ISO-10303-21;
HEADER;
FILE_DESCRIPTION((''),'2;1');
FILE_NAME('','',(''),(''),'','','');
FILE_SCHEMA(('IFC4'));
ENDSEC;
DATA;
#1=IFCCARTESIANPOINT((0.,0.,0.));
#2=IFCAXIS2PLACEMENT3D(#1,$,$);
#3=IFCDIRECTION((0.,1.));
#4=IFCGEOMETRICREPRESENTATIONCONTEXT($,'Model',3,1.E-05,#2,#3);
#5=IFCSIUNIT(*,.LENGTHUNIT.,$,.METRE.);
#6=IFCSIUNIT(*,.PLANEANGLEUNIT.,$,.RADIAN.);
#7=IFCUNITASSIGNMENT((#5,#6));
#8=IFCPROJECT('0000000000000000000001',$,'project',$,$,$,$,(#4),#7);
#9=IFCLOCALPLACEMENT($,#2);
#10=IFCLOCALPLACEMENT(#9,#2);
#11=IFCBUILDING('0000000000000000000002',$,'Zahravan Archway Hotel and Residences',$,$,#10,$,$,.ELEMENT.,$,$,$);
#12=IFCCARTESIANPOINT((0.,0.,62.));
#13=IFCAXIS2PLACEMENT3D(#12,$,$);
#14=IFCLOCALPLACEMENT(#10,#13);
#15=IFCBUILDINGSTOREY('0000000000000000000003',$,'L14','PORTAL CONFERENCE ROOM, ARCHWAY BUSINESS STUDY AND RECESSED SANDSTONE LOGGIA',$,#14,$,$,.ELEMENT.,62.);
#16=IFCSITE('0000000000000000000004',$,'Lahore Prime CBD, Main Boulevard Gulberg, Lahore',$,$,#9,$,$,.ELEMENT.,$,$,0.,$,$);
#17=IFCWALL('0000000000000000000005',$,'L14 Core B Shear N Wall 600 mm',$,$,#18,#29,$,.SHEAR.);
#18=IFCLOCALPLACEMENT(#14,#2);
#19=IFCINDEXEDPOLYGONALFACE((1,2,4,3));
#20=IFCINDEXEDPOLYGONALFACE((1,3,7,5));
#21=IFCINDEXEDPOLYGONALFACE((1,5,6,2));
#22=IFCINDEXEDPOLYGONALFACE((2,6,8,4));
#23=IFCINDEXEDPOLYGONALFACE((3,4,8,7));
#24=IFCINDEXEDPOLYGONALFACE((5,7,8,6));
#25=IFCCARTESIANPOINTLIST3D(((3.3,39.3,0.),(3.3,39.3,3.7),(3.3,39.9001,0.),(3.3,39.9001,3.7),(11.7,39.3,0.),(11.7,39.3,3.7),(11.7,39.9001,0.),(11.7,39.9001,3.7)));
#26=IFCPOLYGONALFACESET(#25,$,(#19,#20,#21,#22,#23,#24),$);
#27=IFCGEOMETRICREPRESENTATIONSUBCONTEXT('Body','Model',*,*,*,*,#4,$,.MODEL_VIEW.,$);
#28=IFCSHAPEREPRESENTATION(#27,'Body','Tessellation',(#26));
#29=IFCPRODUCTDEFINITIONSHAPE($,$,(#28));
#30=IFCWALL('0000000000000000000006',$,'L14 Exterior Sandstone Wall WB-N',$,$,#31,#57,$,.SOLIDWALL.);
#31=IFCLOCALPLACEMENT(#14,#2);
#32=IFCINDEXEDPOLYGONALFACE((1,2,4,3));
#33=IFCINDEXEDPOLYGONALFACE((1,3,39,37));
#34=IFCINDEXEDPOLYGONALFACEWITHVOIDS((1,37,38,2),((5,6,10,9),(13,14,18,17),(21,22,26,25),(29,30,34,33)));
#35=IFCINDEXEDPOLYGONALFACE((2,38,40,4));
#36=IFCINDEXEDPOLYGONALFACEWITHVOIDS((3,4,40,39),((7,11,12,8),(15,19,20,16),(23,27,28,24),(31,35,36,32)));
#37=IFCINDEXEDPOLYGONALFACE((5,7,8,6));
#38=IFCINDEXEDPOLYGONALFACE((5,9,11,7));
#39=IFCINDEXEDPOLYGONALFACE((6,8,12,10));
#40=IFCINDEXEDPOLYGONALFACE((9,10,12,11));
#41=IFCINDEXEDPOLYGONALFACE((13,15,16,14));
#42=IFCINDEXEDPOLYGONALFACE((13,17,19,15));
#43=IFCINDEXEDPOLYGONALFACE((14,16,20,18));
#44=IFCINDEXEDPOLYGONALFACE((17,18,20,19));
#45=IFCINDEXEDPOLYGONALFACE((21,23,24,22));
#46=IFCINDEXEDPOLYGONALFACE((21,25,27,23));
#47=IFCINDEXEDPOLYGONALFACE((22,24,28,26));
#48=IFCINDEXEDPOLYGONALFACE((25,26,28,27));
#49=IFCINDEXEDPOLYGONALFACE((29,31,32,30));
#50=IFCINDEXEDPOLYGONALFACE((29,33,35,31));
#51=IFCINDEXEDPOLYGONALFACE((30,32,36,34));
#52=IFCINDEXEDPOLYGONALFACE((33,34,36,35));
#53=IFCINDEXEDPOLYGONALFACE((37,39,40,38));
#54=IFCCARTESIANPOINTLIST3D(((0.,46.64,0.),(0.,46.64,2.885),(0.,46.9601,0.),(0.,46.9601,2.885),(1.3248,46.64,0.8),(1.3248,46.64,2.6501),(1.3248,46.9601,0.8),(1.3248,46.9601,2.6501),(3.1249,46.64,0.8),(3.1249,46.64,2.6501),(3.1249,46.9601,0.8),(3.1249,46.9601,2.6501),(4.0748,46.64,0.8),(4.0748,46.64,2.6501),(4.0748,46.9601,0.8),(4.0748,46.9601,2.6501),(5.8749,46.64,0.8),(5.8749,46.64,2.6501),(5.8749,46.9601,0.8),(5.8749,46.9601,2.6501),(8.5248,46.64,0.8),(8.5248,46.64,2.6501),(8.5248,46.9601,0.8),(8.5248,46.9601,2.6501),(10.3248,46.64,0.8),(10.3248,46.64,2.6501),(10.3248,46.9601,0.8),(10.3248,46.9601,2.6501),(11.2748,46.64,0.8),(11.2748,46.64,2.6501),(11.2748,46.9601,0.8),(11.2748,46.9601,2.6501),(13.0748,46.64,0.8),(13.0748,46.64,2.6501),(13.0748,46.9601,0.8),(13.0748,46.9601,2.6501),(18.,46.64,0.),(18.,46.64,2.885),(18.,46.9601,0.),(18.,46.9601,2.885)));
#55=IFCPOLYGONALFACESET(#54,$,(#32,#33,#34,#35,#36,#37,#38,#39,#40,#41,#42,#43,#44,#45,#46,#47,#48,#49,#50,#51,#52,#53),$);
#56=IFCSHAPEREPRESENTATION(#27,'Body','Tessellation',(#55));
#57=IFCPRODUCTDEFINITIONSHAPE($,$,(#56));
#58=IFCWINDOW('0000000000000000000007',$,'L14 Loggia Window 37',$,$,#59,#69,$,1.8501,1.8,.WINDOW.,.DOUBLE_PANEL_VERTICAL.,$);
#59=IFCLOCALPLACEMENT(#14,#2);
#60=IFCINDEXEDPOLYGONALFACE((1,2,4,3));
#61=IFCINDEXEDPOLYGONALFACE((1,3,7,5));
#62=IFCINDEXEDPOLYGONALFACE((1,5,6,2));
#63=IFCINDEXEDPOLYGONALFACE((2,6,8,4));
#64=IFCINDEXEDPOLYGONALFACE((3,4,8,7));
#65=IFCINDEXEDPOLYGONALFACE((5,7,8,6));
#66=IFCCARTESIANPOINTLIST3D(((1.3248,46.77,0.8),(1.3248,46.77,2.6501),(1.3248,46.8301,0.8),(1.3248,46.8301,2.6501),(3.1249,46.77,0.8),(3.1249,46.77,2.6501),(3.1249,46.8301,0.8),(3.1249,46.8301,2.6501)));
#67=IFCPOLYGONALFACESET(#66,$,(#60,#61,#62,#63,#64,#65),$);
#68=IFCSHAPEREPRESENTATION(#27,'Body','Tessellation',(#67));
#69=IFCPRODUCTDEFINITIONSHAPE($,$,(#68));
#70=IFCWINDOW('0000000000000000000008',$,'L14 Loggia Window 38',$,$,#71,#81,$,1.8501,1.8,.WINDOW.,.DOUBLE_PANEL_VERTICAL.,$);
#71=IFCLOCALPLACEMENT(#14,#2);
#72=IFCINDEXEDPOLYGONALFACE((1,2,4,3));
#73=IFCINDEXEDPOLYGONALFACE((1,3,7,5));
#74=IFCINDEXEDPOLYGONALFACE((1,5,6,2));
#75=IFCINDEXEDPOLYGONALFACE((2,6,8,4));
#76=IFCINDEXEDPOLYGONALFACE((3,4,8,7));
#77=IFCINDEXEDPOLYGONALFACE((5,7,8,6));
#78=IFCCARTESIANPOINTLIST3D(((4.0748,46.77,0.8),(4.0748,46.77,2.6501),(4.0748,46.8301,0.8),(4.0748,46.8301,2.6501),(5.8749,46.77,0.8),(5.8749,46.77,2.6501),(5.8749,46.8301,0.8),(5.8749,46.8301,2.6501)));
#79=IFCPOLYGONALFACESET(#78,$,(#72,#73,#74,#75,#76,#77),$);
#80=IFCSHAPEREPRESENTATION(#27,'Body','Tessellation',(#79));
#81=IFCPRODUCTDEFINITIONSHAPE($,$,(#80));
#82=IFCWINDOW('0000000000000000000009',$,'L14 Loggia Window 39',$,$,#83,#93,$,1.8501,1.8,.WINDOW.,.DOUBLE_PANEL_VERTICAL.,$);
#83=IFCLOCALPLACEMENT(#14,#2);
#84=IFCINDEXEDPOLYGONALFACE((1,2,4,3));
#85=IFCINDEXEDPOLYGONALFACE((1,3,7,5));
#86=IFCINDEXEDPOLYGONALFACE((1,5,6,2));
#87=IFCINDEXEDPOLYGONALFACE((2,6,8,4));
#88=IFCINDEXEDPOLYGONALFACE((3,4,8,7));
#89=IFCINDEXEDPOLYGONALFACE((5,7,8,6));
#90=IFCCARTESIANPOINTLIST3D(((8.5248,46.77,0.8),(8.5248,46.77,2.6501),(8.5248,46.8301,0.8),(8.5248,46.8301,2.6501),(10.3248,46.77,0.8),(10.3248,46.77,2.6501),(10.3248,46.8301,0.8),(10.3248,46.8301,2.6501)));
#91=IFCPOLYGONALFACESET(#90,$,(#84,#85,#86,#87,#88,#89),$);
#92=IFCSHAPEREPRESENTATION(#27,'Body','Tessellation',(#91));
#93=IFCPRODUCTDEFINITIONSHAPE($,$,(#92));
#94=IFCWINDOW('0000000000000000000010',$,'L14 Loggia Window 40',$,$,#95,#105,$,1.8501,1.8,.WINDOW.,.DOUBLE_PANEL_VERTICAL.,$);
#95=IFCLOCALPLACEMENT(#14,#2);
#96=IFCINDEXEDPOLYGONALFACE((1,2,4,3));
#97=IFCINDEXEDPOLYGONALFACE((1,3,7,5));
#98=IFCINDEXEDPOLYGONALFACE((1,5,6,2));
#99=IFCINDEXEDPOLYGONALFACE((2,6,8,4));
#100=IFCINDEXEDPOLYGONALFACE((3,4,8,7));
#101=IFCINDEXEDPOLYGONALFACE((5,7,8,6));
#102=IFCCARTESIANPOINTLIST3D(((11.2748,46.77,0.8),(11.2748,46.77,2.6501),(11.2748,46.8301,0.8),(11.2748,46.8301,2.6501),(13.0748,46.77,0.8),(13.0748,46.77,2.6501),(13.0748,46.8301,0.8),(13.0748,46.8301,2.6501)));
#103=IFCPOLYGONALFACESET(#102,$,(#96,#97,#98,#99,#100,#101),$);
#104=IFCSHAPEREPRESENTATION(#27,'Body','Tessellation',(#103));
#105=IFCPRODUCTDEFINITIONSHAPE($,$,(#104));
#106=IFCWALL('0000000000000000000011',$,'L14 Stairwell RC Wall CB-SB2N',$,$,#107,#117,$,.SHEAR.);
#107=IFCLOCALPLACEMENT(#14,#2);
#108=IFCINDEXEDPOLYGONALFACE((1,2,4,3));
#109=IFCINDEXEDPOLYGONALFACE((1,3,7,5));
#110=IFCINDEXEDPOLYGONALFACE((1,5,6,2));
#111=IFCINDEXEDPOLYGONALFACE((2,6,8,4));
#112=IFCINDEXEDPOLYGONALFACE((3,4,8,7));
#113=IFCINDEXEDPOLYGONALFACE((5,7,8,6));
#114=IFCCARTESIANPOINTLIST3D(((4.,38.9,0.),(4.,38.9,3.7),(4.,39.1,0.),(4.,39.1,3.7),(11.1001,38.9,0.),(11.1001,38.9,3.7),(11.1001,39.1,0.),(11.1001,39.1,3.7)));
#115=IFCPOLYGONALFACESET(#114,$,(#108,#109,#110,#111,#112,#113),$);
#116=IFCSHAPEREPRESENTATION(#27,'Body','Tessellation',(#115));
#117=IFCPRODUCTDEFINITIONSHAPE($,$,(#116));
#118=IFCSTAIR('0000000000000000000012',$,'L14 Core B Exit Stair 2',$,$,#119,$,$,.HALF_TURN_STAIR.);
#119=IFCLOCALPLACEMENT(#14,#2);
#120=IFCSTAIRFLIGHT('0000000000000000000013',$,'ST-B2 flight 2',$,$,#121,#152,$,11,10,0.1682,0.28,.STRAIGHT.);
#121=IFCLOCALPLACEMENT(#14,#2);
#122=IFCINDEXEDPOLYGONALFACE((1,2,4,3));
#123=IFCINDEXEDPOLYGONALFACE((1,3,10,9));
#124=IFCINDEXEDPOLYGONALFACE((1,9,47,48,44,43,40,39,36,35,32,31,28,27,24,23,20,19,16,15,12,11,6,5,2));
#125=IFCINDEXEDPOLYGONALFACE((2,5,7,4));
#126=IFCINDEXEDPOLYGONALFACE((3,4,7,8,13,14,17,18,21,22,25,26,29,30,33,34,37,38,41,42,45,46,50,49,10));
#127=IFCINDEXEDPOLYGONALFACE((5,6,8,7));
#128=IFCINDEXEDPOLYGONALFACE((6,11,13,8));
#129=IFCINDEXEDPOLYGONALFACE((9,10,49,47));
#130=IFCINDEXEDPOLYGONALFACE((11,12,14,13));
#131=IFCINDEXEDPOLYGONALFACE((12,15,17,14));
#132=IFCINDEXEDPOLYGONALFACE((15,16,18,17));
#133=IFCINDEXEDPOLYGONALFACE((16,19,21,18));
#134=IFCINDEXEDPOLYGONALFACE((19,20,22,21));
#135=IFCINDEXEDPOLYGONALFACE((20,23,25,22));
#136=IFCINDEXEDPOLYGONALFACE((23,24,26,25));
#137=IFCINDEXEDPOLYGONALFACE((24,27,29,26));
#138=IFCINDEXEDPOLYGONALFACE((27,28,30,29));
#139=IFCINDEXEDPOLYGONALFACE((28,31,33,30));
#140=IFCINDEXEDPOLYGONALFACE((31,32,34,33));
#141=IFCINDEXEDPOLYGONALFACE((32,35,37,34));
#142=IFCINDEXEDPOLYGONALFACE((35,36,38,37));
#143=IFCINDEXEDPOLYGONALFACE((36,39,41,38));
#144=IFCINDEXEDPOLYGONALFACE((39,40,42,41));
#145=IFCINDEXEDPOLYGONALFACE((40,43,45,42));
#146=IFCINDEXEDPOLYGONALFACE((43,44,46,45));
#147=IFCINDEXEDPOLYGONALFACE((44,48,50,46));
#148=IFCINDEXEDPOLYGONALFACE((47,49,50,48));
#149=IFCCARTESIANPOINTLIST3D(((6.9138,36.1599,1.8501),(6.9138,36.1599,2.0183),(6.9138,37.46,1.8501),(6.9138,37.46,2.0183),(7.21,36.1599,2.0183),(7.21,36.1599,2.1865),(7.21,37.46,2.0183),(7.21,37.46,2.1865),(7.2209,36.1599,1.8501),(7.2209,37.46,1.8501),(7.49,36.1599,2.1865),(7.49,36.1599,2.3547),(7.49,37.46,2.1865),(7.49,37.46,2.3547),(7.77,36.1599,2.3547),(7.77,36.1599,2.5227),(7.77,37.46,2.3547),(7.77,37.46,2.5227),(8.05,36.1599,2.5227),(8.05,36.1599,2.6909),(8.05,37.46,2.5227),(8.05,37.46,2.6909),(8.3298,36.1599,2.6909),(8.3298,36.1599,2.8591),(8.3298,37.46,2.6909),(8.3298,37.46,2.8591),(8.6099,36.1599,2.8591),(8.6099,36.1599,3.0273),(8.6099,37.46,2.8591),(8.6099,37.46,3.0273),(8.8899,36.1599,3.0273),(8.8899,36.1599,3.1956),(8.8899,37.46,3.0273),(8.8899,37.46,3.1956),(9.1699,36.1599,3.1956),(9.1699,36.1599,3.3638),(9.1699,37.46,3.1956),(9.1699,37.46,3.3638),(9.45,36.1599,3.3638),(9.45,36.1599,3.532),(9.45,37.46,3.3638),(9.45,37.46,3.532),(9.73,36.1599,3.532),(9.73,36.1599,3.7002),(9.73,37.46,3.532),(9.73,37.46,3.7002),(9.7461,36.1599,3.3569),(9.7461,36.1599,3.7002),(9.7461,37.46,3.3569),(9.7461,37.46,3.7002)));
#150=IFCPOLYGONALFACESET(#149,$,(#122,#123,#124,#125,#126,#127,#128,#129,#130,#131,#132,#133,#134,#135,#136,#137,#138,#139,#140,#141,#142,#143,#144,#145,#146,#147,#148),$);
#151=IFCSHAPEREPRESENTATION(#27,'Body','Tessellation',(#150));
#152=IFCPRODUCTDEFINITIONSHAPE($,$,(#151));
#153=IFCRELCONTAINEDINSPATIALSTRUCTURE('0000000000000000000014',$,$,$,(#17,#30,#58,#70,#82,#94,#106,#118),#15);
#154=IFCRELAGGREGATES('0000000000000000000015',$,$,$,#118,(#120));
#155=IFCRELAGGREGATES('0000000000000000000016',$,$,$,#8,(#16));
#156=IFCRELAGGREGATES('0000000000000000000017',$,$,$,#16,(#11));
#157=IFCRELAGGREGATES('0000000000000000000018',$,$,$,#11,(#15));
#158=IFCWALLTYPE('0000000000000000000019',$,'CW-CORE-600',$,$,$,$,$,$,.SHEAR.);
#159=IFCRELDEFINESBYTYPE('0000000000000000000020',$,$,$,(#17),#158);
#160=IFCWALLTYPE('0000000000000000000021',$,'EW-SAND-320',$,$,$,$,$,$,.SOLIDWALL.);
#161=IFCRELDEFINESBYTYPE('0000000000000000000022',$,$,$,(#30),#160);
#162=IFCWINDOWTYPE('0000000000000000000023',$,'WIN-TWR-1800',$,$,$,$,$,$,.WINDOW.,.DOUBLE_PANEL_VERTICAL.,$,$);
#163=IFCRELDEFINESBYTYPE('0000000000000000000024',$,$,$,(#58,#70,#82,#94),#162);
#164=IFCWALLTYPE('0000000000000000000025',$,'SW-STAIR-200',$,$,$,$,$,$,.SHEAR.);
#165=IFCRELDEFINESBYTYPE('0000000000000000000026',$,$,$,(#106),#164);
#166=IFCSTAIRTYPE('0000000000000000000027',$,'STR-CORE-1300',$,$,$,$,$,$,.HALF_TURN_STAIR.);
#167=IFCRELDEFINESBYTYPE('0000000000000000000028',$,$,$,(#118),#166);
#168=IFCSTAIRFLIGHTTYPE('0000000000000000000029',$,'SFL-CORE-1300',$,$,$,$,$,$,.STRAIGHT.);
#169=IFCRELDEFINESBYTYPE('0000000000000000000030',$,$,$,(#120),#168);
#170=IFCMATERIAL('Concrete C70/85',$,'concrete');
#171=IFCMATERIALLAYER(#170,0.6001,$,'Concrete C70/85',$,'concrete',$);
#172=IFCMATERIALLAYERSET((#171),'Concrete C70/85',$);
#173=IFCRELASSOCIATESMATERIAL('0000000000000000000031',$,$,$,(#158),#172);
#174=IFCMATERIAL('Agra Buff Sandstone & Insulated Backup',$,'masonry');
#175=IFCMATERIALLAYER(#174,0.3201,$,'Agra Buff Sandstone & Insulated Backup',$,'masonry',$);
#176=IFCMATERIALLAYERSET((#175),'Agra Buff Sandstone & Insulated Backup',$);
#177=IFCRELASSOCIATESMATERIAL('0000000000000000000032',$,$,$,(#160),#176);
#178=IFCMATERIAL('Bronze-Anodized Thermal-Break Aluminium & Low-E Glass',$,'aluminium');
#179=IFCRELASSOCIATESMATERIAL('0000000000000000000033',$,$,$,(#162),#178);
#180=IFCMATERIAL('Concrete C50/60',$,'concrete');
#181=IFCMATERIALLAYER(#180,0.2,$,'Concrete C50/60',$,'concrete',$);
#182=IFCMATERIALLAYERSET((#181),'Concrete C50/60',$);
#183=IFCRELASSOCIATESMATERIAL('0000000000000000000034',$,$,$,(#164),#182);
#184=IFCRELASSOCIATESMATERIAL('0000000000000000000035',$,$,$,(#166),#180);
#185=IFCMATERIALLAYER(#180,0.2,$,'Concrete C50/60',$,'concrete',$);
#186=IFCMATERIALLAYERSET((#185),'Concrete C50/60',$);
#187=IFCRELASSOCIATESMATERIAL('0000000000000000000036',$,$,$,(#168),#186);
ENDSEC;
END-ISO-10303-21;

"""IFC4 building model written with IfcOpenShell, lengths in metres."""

from ifc_helpers import new_model, si_unit, direction, frame, frame_2d, origin, place, context, subcontext, project, spatial, polyline, rectangle, outline, extrude, source, transform, mapped, material, layer, layer_set, type_object, type_shapes, element, fill, aggregate, save


model = new_model("IFC4")

# Units and contexts
model_context = context("Model", 3, precision=1e-05, world=origin(), true_north=direction((0.0, 1.0)))
body_context = subcontext(model_context, "Body", "Model", "MODEL_VIEW")
ifc_project = project(units=[si_unit("LENGTHUNIT", "METRE"), si_unit("PLANEANGLEUNIT", "RADIAN")], contexts=[model_context])

# Site, building, storey
site_placement = place(None, origin())
site = spatial("IfcSite", under=ifc_project, at=site_placement, Name="Lahore Prime CBD, Main Boulevard Gulberg, Lahore", CompositionType="ELEMENT", RefElevation=0.0)
building_placement = place(site_placement, origin())
building = spatial("IfcBuilding", under=site, at=building_placement, Name="Zahravan Archway Hotel and Residences", CompositionType="ELEMENT")
storey_placement = place(building_placement, frame((0.0, 0.0, 62.0)))
storey = spatial("IfcBuildingStorey", under=building, at=storey_placement, Name="L14", Description="PORTAL CONFERENCE ROOM, ARCHWAY BUSINESS STUDY AND RECESSED SANDSTONE LOGGIA", CompositionType="ELEMENT", Elevation=62.0)

# Shared definitions
ifc_material_1 = material(Name="Concrete C70/85", Category="concrete")

# Wall
ifc_layer_1 = layer(ifc_material_1, 0.6001, Name="Concrete C70/85", Category="concrete")
ifc_layer_set_1 = layer_set([ifc_layer_1], Name="Concrete C70/85")
wall_type_1 = type_object("IfcWallType", Name="CW-CORE-600", PredefinedType="SHEAR", material=ifc_layer_set_1)
wall_1_placement = place(storey_placement, frame((3.3, 39.6001, 0.0), z_axis=(0.0, 0.0, 1.0), x_axis=(1.0, 0.0, 0.0)))
element("IfcWall", 1, at=wall_1_placement, inside=storey, type_object=wall_type_1, Name="L14 Core B Shear N Wall 600 mm", PredefinedType="SHEAR", context=body_context, shape_type="SweptSolid", body=[
    extrude(rectangle(XDim=8.3999, YDim=0.6001, at=frame_2d((4.2, 0.0))), origin(), (0.0, 0.0, 1.0), 3.7),
])

# Wall, openings, windows
ifc_material_2 = material(Name="Agra Buff Sandstone & Insulated Backup", Category="masonry")
ifc_layer_2 = layer(ifc_material_2, 0.3201, Name="Agra Buff Sandstone & Insulated Backup", Category="masonry")
ifc_layer_set_2 = layer_set([ifc_layer_2], Name="Agra Buff Sandstone & Insulated Backup")
wall_type_2 = type_object("IfcWallType", Name="EW-SAND-320", PredefinedType="SOLIDWALL", material=ifc_layer_set_2)
wall_2_placement = place(storey_placement, frame((0.0, 46.8, 0.0), z_axis=(0.0, 0.0, 1.0), x_axis=(1.0, 0.0, 0.0)))
wall_2 = element("IfcWall", 2, at=wall_2_placement, inside=storey, type_object=wall_type_2, Name="L14 Exterior Sandstone Wall WB-N", PredefinedType="SOLIDWALL", context=body_context, shape_type="SweptSolid", body=[
    extrude(rectangle(XDim=18.0, YDim=0.3201, at=frame_2d((9.0, 0.0))), origin(), (0.0, 0.0, 1.0), 2.885),
])
opening_1_placement = place(wall_2_placement, frame((1.325, 0.0, 0.8)))
opening_1 = element("IfcOpeningElement", 3, at=opening_1_placement, cuts=wall_2, PredefinedType="OPENING", context=body_context, shape_type="SweptSolid", body=[
    extrude(rectangle(XDim=1.8, YDim=1.8501, at=frame_2d((0.8999, 0.925))), frame((0.0, 0.1699, 0.0), z_axis=(0.0, -1.0, 0.0), x_axis=(1.0, 0.0, 0.0)), (0.0, 0.0, 1.0), 0.3401),
])
opening_2_placement = place(wall_2_placement, frame((4.075, 0.0, 0.8)))
opening_2 = element("IfcOpeningElement", 4, at=opening_2_placement, cuts=wall_2, PredefinedType="OPENING", context=body_context, shape_type="SweptSolid", body=[
    extrude(rectangle(XDim=1.8, YDim=1.8501, at=frame_2d((0.8999, 0.925))), frame((0.0, 0.1699, 0.0), z_axis=(0.0, -1.0, 0.0), x_axis=(1.0, 0.0, 0.0)), (0.0, 0.0, 1.0), 0.3401),
])
opening_3_placement = place(wall_2_placement, frame((8.5249, 0.0, 0.8)))
opening_3 = element("IfcOpeningElement", 5, at=opening_3_placement, cuts=wall_2, PredefinedType="OPENING", context=body_context, shape_type="SweptSolid", body=[
    extrude(rectangle(XDim=1.8, YDim=1.8501, at=frame_2d((0.8999, 0.925))), frame((0.0, 0.1699, 0.0), z_axis=(0.0, -1.0, 0.0), x_axis=(1.0, 0.0, 0.0)), (0.0, 0.0, 1.0), 0.3401),
])
opening_4_placement = place(wall_2_placement, frame((11.2749, 0.0, 0.8)))
opening_4 = element("IfcOpeningElement", 6, at=opening_4_placement, cuts=wall_2, PredefinedType="OPENING", context=body_context, shape_type="SweptSolid", body=[
    extrude(rectangle(XDim=1.8, YDim=1.8501, at=frame_2d((0.8999, 0.925))), frame((0.0, 0.1699, 0.0), z_axis=(0.0, -1.0, 0.0), x_axis=(1.0, 0.0, 0.0)), (0.0, 0.0, 1.0), 0.3401),
])
ifc_material_3 = material(Name="Bronze-Anodized Thermal-Break Aluminium & Low-E Glass", Category="aluminium")
window_type = type_object("IfcWindowType", Name="WIN-TWR-1800", PartitioningType="DOUBLE_PANEL_VERTICAL", PredefinedType="WINDOW", material=ifc_material_3)
shared_shape_1 = source(origin(), body_context, "Body", "SweptSolid", [
    extrude(rectangle(XDim=1.8, YDim=1.8501, at=frame_2d((0.8999, 0.925))), frame((0.0, 0.03, 0.0), z_axis=(0.0, -1.0, 0.0), x_axis=(1.0, 0.0, 0.0)), (0.0, 0.0, 1.0), 0.0601),
])
type_shapes(window_type, [shared_shape_1])
window_1_placement = place(opening_1_placement, origin())
window_1 = element("IfcWindow", 7, at=window_1_placement, inside=storey, type_object=window_type, Name="L14 Loggia Window 37", OverallHeight=1.8501, OverallWidth=1.8, PartitioningType="DOUBLE_PANEL_VERTICAL", PredefinedType="WINDOW", context=body_context, shape_type="MappedRepresentation", body=[
    mapped(shared_shape_1, transform((0.0, 0.0, 0.0), scale=1.0)),
])
fill(opening_1, window_1)
window_2_placement = place(opening_2_placement, origin())
window_2 = element("IfcWindow", 8, at=window_2_placement, inside=storey, type_object=window_type, Name="L14 Loggia Window 38", OverallHeight=1.8501, OverallWidth=1.8, PartitioningType="DOUBLE_PANEL_VERTICAL", PredefinedType="WINDOW", context=body_context, shape_type="MappedRepresentation", body=[
    mapped(shared_shape_1, transform((0.0, 0.0, 0.0), scale=1.0)),
])
fill(opening_2, window_2)
window_3_placement = place(opening_3_placement, origin())
window_3 = element("IfcWindow", 9, at=window_3_placement, inside=storey, type_object=window_type, Name="L14 Loggia Window 39", OverallHeight=1.8501, OverallWidth=1.8, PartitioningType="DOUBLE_PANEL_VERTICAL", PredefinedType="WINDOW", context=body_context, shape_type="MappedRepresentation", body=[
    mapped(shared_shape_1, transform((0.0, 0.0, 0.0), scale=1.0)),
])
fill(opening_3, window_3)
window_4_placement = place(opening_4_placement, origin())
window_4 = element("IfcWindow", 10, at=window_4_placement, inside=storey, type_object=window_type, Name="L14 Loggia Window 40", OverallHeight=1.8501, OverallWidth=1.8, PartitioningType="DOUBLE_PANEL_VERTICAL", PredefinedType="WINDOW", context=body_context, shape_type="MappedRepresentation", body=[
    mapped(shared_shape_1, transform((0.0, 0.0, 0.0), scale=1.0)),
])
fill(opening_4, window_4)

# Wall
ifc_material_4 = material(Name="Concrete C50/60", Category="concrete")
ifc_layer_3 = layer(ifc_material_4, 0.2, Name="Concrete C50/60", Category="concrete")
ifc_layer_set_3 = layer_set([ifc_layer_3], Name="Concrete C50/60")
wall_type_3 = type_object("IfcWallType", Name="SW-STAIR-200", PredefinedType="SHEAR", material=ifc_layer_set_3)
wall_3_placement = place(storey_placement, frame((4.0, 39.0, 0.0), z_axis=(0.0, 0.0, 1.0), x_axis=(1.0, 0.0, 0.0)))
element("IfcWall", 11, at=wall_3_placement, inside=storey, type_object=wall_type_3, Name="L14 Stairwell RC Wall CB-SB2N", PredefinedType="SHEAR", context=body_context, shape_type="SweptSolid", body=[
    extrude(rectangle(XDim=7.1001, YDim=0.2, at=frame_2d((3.55, 0.0))), origin(), (0.0, 0.0, 1.0), 3.7),
])

# Stair, stair flight
stair_type = type_object("IfcStairType", Name="STR-CORE-1300", PredefinedType="HALF_TURN_STAIR", material=ifc_material_4)
stair_placement = place(storey_placement, origin())
stair = element("IfcStair", 12, at=stair_placement, inside=storey, type_object=stair_type, Name="L14 Core B Exit Stair 2", PredefinedType="HALF_TURN_STAIR")
ifc_layer_4 = layer(ifc_material_4, 0.2, Name="Concrete C50/60", Category="concrete")
ifc_layer_set_4 = layer_set([ifc_layer_4], Name="Concrete C50/60")
stair_flight_type = type_object("IfcStairFlightType", Name="SFL-CORE-1300", PredefinedType="STRAIGHT", material=ifc_layer_set_4)
shared_shape_2 = source(origin(), body_context, "Body", "SweptSolid", [
    extrude(outline(polyline([(-0.0161, 0.0), (-0.0161, 0.1682), (0.28, 0.1682), (0.28, 0.3364), (0.5601, 0.3364), (0.5601, 0.5046), (0.8401, 0.5046), (0.8401, 0.6726), (1.1201, 0.6726), (1.1201, 0.8408), (1.3999, 0.8408), (1.3999, 1.009), (1.6799, 1.009), (1.6799, 1.1772), (1.96, 1.1772), (1.96, 1.3455), (2.24, 1.3455), (2.24, 1.5137), (2.52, 1.5137), (2.52, 1.6819), (2.8, 1.6819), (2.8, 1.8501), (2.8162, 1.8501), (2.8162, 1.5068), (0.291, 0.0), (-0.0161, 0.0)])), frame((0.0, 0.6499, 0.0), z_axis=(0.0, -1.0, 0.0), x_axis=(1.0, 0.0, 0.0)), (0.0, 0.0, 1.0), 1.3),
])
stair_flight_placement = place(storey_placement, frame((6.9299, 36.8101, 1.8501), z_axis=(0.0, 0.0, 1.0), x_axis=(1.0, 0.0, 0.0)))
stair_flight = element("IfcStairFlight", 13, at=stair_flight_placement, type_object=stair_flight_type, Name="ST-B2 flight 2", NumberOfRisers=11, NumberOfTreads=10, PredefinedType="STRAIGHT", RiserHeight=0.1682, TreadLength=0.28, context=body_context, shape_type="MappedRepresentation", body=[
    mapped(shared_shape_2, transform((0.0, 0.0, 0.0), scale=1.0)),
])
aggregate(stair, [stair_flight])

save(model, "model.ifc")
